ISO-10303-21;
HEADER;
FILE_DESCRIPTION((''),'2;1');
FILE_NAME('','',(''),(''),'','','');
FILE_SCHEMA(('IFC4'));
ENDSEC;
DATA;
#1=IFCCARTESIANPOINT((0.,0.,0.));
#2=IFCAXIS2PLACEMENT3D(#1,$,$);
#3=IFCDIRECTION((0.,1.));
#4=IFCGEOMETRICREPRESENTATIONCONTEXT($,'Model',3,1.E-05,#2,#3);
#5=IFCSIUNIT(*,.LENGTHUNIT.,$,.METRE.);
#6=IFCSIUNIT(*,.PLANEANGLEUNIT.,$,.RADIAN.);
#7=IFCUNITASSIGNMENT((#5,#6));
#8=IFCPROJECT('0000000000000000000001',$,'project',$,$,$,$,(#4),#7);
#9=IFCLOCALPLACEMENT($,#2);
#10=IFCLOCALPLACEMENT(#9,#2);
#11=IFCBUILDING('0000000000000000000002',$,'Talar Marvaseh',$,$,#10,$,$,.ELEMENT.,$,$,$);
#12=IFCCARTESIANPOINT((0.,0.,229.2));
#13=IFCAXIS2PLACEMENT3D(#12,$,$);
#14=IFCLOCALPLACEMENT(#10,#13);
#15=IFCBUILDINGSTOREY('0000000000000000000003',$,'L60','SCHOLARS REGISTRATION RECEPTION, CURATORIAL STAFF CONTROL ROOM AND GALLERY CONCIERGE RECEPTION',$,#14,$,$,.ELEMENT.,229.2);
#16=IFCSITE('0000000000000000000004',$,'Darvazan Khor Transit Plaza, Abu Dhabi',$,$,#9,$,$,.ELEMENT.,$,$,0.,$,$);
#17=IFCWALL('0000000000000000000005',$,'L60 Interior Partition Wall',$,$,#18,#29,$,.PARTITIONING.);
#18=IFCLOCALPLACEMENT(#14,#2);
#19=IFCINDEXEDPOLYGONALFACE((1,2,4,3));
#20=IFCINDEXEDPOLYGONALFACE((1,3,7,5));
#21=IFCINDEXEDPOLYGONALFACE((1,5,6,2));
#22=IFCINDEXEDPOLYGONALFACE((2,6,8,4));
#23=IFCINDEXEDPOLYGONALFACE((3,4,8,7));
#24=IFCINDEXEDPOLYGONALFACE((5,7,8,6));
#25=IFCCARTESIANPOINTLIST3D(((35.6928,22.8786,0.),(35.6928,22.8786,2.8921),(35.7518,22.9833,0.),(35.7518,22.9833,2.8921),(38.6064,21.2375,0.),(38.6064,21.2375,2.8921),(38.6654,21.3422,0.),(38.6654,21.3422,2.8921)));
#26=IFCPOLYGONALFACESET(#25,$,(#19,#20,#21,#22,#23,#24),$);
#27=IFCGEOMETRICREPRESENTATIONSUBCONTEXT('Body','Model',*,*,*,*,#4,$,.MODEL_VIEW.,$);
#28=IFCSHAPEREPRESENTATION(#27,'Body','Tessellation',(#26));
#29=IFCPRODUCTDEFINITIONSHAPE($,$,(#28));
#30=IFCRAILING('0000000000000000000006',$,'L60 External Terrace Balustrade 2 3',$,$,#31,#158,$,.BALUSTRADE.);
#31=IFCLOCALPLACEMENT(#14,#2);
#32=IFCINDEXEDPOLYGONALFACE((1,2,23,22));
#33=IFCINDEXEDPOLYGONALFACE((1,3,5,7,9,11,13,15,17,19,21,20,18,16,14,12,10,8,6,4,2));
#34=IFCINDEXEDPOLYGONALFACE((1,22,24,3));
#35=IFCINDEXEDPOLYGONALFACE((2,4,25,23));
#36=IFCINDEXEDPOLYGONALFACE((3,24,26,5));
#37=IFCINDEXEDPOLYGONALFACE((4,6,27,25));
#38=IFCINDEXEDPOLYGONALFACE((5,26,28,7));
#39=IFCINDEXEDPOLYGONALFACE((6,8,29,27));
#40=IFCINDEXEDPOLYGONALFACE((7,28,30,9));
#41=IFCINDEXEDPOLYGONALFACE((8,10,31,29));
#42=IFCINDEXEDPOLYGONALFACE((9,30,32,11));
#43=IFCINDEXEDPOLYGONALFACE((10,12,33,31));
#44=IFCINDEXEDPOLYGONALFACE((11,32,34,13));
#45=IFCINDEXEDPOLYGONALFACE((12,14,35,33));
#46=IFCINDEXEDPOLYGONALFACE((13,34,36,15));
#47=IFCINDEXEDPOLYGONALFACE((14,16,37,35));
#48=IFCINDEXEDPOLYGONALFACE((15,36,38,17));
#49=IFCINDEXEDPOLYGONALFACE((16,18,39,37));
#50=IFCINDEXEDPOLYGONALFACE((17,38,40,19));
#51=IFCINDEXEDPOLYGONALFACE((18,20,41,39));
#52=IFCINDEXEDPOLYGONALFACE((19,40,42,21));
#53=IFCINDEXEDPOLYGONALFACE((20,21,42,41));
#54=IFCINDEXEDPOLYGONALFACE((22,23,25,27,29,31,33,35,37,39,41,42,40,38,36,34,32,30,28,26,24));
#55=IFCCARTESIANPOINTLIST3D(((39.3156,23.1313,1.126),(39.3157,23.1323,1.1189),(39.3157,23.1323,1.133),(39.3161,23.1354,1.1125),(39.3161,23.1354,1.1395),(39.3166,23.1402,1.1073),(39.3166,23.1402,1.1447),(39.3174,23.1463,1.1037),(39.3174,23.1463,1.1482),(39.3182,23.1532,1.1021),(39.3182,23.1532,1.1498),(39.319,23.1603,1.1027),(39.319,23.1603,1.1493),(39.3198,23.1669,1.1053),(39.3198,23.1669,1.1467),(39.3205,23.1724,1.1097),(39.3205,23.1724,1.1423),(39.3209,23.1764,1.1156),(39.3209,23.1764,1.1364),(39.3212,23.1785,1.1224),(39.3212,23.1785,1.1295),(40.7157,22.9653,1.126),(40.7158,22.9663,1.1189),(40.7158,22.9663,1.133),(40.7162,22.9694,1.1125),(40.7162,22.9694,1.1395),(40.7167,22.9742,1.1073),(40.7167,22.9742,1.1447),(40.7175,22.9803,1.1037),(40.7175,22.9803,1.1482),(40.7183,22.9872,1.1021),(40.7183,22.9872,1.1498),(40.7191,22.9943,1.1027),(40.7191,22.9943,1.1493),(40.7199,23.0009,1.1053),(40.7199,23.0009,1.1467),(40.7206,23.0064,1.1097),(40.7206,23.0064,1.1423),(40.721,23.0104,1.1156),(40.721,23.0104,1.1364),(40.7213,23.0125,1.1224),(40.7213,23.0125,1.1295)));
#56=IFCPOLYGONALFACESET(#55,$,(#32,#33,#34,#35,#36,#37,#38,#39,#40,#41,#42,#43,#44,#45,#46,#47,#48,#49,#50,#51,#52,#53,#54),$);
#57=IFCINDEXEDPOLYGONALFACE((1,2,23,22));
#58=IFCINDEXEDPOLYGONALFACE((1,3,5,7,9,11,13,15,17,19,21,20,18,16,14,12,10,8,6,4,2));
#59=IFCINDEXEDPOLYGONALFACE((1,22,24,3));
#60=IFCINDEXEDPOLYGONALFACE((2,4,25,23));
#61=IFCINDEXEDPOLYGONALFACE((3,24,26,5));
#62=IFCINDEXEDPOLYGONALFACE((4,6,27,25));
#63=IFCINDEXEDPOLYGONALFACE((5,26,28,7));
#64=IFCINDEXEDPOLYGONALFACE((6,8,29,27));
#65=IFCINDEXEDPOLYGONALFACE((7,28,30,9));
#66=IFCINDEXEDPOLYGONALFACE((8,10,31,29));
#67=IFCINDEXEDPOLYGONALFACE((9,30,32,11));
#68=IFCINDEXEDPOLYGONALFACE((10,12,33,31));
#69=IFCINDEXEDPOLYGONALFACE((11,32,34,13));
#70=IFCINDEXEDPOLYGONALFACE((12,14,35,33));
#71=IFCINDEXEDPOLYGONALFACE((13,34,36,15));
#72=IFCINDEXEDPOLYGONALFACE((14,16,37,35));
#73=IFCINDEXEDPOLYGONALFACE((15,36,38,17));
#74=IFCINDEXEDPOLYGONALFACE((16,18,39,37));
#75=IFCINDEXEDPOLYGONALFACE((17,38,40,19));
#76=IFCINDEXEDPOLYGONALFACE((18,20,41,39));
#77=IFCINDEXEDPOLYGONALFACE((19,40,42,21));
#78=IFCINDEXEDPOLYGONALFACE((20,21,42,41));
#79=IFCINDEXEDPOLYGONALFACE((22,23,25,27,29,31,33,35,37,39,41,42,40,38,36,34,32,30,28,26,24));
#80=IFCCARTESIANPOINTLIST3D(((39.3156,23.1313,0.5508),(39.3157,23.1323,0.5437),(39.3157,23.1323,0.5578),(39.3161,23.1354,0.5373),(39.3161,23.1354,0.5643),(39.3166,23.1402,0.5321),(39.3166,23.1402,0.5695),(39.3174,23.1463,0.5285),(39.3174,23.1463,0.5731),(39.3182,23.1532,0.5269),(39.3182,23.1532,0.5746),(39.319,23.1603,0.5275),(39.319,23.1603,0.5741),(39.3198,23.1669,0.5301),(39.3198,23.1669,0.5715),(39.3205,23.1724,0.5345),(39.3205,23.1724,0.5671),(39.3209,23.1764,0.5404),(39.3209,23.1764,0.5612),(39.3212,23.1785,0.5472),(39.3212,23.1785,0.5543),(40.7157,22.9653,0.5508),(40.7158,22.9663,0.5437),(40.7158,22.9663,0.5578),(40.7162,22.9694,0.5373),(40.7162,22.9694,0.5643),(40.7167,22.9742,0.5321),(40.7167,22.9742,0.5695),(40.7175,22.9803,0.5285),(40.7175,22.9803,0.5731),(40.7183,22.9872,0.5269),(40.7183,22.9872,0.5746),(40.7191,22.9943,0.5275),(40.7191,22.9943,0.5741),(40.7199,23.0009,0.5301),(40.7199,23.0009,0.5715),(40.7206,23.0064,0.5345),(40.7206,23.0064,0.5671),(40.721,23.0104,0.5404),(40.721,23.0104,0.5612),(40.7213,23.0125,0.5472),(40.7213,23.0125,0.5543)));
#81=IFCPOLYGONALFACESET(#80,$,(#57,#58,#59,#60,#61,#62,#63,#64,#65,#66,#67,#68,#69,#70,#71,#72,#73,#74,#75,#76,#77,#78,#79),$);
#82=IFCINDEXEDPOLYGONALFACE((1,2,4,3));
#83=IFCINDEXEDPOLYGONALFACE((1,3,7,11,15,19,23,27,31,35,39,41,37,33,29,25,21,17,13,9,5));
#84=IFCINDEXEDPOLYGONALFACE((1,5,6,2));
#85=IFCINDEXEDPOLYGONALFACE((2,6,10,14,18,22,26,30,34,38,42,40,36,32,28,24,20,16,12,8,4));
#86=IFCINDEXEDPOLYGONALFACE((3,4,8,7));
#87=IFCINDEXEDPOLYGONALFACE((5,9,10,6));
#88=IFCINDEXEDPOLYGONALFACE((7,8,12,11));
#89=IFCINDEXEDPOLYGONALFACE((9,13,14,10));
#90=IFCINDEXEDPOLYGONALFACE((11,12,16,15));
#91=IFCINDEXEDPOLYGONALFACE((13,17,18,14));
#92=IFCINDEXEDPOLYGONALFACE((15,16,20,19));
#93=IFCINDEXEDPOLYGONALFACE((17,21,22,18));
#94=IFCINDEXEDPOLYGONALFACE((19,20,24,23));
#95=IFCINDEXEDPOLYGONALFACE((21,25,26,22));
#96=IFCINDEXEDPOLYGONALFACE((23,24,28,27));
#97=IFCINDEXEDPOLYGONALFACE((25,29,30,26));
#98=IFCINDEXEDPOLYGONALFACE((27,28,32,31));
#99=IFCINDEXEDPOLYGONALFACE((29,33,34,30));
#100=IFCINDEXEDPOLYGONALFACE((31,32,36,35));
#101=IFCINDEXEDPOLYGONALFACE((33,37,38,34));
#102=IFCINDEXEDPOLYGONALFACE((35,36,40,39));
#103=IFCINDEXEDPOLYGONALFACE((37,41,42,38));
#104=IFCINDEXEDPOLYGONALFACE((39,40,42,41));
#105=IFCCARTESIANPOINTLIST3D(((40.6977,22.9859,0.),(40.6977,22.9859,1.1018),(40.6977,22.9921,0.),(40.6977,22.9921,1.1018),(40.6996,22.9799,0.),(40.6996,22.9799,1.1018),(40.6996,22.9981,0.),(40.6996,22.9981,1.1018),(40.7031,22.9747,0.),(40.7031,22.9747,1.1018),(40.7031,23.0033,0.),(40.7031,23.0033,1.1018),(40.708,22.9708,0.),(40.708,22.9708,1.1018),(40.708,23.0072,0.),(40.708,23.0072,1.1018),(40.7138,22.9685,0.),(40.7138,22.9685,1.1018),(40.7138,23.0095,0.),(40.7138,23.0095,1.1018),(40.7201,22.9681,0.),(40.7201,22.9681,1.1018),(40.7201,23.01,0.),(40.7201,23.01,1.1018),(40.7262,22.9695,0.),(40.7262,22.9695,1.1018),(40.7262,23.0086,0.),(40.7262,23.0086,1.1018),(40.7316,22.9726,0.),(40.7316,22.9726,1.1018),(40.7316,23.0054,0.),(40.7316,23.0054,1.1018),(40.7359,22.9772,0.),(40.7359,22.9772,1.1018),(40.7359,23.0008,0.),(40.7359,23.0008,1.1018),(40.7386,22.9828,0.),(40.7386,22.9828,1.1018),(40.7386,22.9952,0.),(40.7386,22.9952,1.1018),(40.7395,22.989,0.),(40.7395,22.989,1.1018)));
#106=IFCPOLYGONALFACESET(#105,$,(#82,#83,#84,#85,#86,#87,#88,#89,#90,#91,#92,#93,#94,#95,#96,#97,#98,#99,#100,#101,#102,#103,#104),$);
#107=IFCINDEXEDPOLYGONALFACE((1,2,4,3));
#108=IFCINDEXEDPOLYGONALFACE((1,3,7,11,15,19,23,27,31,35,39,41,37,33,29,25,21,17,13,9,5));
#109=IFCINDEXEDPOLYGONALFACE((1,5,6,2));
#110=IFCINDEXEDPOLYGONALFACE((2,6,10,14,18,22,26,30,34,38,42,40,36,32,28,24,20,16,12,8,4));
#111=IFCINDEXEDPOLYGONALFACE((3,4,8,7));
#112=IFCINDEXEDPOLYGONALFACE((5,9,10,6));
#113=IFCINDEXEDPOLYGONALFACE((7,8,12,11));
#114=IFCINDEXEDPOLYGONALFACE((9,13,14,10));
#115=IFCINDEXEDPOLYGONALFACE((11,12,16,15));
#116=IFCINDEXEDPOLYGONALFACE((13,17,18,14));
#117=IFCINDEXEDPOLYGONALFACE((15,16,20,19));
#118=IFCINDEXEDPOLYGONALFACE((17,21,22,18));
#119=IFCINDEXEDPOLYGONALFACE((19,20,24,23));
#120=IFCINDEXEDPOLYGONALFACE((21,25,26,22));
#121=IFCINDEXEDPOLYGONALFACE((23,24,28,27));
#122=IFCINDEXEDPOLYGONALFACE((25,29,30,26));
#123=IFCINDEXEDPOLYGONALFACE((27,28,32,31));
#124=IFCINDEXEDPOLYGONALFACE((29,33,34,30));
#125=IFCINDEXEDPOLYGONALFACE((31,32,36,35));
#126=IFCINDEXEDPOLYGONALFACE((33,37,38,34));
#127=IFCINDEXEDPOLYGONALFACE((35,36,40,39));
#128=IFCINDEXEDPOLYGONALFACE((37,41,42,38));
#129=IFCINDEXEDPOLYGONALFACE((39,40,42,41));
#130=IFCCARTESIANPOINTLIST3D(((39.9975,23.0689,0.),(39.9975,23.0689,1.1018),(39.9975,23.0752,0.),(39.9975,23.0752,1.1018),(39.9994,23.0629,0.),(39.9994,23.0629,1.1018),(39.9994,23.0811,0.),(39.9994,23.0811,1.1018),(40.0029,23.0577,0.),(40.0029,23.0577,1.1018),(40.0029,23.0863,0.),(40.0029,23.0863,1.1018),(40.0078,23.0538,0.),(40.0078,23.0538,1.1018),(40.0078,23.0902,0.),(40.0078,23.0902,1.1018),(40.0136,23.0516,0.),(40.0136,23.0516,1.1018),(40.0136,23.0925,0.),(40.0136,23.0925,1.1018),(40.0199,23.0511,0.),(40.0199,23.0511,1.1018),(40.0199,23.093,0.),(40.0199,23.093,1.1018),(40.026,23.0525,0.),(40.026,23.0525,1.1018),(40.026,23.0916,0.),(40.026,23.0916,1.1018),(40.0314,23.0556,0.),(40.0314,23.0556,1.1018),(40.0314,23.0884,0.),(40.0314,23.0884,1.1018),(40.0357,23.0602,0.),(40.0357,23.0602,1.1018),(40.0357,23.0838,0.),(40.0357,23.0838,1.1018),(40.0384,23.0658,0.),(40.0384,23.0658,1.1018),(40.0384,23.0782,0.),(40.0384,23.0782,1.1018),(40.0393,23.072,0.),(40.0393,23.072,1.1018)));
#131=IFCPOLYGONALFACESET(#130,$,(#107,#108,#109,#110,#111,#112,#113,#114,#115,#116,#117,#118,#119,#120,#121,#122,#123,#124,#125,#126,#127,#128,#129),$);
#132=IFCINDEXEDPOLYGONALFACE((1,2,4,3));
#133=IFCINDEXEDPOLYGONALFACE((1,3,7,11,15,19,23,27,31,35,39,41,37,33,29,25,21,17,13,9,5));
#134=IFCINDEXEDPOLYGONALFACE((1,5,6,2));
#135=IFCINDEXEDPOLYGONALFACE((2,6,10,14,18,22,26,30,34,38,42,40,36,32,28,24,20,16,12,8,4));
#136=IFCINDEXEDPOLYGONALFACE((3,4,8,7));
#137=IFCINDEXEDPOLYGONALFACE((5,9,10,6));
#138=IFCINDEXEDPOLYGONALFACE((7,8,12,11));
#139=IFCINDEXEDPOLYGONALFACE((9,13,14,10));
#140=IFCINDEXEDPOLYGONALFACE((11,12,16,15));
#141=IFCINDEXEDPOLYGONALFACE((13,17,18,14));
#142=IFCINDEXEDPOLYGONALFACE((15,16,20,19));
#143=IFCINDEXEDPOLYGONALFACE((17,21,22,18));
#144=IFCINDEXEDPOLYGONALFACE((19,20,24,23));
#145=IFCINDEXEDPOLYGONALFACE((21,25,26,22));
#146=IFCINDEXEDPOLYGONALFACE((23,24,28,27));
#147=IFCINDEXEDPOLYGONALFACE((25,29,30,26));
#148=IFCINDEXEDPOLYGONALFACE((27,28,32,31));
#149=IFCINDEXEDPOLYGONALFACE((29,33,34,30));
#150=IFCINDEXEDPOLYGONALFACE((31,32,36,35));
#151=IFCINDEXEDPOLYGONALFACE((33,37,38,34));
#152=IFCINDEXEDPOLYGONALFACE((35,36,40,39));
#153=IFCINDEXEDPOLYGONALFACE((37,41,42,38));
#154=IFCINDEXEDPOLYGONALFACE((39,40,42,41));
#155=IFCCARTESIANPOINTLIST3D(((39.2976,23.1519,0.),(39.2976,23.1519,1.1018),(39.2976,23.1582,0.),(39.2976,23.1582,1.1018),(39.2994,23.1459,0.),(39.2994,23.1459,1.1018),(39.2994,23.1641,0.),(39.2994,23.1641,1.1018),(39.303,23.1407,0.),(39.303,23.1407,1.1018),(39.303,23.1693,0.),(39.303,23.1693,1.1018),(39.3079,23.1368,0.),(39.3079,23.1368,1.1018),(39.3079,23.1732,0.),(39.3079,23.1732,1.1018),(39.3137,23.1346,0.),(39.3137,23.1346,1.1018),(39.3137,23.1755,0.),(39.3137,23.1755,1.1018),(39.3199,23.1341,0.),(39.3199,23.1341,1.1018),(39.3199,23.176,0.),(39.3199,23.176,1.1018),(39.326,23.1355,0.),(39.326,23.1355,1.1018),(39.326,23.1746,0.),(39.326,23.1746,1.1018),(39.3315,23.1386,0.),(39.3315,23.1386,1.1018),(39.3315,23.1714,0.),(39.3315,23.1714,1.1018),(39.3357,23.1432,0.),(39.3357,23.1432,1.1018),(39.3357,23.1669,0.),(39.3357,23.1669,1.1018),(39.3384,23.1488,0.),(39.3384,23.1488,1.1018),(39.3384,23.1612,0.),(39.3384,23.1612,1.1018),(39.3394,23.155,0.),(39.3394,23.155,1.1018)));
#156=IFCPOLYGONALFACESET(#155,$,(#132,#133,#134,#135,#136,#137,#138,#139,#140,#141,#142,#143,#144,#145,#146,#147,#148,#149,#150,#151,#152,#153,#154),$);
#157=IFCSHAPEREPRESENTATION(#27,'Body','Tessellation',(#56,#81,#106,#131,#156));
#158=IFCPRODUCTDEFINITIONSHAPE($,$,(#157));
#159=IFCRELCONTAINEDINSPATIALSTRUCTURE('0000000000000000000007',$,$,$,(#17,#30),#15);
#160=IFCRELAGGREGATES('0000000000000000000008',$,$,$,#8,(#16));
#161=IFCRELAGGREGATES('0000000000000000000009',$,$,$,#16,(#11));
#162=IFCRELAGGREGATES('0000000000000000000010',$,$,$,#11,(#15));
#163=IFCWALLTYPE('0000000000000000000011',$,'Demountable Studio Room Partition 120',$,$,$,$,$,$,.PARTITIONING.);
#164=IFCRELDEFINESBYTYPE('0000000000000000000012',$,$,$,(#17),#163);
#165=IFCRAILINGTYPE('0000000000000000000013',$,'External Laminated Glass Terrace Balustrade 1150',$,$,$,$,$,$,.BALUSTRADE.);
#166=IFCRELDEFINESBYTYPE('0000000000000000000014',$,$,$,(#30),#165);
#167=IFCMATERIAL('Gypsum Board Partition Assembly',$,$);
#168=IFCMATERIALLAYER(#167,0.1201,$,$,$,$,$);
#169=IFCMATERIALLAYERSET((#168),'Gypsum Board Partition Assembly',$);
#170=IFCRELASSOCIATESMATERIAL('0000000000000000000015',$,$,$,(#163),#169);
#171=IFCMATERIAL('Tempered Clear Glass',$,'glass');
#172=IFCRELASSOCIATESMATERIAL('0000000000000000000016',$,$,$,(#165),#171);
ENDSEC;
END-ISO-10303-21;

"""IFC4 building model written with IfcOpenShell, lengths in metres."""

from ifc_helpers import new_model, si_unit, direction, frame, frame_2d, origin, origin_2d, place, context, subcontext, project, spatial, rectangle, circle, extrude, material, layer, layer_set, type_object, element, save


model = new_model("IFC4")

# Units and contexts
model_context = context("Model", 3, precision=1e-05, world=origin(), true_north=direction((0.0, 1.0)))
body_context = subcontext(model_context, "Body", "Model", "MODEL_VIEW")
ifc_project = project(units=[si_unit("LENGTHUNIT", "METRE"), si_unit("PLANEANGLEUNIT", "RADIAN")], contexts=[model_context])

# Site, building, storey
site_placement = place(None, origin())
site = spatial("IfcSite", under=ifc_project, at=site_placement, Name="Darvazan Khor Transit Plaza, Abu Dhabi", CompositionType="ELEMENT", RefElevation=0.0)
building_placement = place(site_placement, origin())
building = spatial("IfcBuilding", under=site, at=building_placement, Name="Talar Marvaseh", CompositionType="ELEMENT")
storey_placement = place(building_placement, frame((0.0, 0.0, 229.2)))
storey = spatial("IfcBuildingStorey", under=building, at=storey_placement, Name="L60", Description="SCHOLARS REGISTRATION RECEPTION, CURATORIAL STAFF CONTROL ROOM AND GALLERY CONCIERGE RECEPTION", CompositionType="ELEMENT", Elevation=229.2)

# Shared definitions
ifc_material_1 = material(Name="Gypsum Board Partition Assembly")

# Wall
ifc_layer_1 = layer(ifc_material_1, 0.1201)
ifc_layer_set_1 = layer_set([ifc_layer_1], Name="Gypsum Board Partition Assembly")
wall_type_1 = type_object("IfcWallType", Name="Demountable Studio Room Partition 120", PredefinedType="PARTITIONING", material=ifc_layer_set_1)
wall_1_placement = place(storey_placement, frame((35.7224, 22.9309, 0.0), z_axis=(0.0, 0.0, 1.0), x_axis=(0.871291, -0.490767, 0.0)))
element("IfcWall", 1, at=wall_1_placement, inside=storey, type_object=wall_type_1, Name="L60 Interior Partition Wall", PredefinedType="PARTITIONING", context=body_context, shape_type="SweptSolid", body=[
    extrude(rectangle(XDim=3.344, YDim=0.1201, at=frame_2d((1.6719, 0.0))), origin(), (0.0, 0.0, 1.0), 2.8921),
])

# Railing
ifc_material_2 = material(Name="Tempered Clear Glass", Category="glass")
railing_type = type_object("IfcRailingType", Name="External Laminated Glass Terrace Balustrade 1150", PredefinedType="BALUSTRADE", material=ifc_material_2)
railing_placement = place(storey_placement, frame((40.7185, 22.989, 0.0)))
element("IfcRailing", 2, at=railing_placement, inside=storey, type_object=railing_type, Name="L60 External Terrace Balustrade 2 3", PredefinedType="BALUSTRADE", context=body_context, shape_type="SweptSolid", body=[
    extrude(circle(Radius=0.0239, at=origin_2d()), frame((0.0, 0.0, 1.126), z_axis=(-0.993044, 0.117745, 0.0), x_axis=(-0.117745, -0.993044, 0.0)), (0.0, 0.0, 1.0), 1.4099),
    extrude(circle(Radius=0.0239, at=origin_2d()), frame((0.0, 0.0, 0.5508), z_axis=(-0.993044, 0.117745, 0.0), x_axis=(-0.117745, -0.993044, 0.0)), (0.0, 0.0, 1.0), 1.4099),
    extrude(circle(Radius=0.021, at=origin_2d()), origin(), (0.0, 0.0, 1.0), 1.1018),
    extrude(circle(Radius=0.021, at=origin_2d()), frame((-0.7002, 0.083, 0.0)), (0.0, 0.0, 1.0), 1.1018),
    extrude(circle(Radius=0.021, at=origin_2d()), frame((-1.4001, 0.166, 0.0)), (0.0, 0.0, 1.0), 1.1018),
])

save(model, "model.ifc")
